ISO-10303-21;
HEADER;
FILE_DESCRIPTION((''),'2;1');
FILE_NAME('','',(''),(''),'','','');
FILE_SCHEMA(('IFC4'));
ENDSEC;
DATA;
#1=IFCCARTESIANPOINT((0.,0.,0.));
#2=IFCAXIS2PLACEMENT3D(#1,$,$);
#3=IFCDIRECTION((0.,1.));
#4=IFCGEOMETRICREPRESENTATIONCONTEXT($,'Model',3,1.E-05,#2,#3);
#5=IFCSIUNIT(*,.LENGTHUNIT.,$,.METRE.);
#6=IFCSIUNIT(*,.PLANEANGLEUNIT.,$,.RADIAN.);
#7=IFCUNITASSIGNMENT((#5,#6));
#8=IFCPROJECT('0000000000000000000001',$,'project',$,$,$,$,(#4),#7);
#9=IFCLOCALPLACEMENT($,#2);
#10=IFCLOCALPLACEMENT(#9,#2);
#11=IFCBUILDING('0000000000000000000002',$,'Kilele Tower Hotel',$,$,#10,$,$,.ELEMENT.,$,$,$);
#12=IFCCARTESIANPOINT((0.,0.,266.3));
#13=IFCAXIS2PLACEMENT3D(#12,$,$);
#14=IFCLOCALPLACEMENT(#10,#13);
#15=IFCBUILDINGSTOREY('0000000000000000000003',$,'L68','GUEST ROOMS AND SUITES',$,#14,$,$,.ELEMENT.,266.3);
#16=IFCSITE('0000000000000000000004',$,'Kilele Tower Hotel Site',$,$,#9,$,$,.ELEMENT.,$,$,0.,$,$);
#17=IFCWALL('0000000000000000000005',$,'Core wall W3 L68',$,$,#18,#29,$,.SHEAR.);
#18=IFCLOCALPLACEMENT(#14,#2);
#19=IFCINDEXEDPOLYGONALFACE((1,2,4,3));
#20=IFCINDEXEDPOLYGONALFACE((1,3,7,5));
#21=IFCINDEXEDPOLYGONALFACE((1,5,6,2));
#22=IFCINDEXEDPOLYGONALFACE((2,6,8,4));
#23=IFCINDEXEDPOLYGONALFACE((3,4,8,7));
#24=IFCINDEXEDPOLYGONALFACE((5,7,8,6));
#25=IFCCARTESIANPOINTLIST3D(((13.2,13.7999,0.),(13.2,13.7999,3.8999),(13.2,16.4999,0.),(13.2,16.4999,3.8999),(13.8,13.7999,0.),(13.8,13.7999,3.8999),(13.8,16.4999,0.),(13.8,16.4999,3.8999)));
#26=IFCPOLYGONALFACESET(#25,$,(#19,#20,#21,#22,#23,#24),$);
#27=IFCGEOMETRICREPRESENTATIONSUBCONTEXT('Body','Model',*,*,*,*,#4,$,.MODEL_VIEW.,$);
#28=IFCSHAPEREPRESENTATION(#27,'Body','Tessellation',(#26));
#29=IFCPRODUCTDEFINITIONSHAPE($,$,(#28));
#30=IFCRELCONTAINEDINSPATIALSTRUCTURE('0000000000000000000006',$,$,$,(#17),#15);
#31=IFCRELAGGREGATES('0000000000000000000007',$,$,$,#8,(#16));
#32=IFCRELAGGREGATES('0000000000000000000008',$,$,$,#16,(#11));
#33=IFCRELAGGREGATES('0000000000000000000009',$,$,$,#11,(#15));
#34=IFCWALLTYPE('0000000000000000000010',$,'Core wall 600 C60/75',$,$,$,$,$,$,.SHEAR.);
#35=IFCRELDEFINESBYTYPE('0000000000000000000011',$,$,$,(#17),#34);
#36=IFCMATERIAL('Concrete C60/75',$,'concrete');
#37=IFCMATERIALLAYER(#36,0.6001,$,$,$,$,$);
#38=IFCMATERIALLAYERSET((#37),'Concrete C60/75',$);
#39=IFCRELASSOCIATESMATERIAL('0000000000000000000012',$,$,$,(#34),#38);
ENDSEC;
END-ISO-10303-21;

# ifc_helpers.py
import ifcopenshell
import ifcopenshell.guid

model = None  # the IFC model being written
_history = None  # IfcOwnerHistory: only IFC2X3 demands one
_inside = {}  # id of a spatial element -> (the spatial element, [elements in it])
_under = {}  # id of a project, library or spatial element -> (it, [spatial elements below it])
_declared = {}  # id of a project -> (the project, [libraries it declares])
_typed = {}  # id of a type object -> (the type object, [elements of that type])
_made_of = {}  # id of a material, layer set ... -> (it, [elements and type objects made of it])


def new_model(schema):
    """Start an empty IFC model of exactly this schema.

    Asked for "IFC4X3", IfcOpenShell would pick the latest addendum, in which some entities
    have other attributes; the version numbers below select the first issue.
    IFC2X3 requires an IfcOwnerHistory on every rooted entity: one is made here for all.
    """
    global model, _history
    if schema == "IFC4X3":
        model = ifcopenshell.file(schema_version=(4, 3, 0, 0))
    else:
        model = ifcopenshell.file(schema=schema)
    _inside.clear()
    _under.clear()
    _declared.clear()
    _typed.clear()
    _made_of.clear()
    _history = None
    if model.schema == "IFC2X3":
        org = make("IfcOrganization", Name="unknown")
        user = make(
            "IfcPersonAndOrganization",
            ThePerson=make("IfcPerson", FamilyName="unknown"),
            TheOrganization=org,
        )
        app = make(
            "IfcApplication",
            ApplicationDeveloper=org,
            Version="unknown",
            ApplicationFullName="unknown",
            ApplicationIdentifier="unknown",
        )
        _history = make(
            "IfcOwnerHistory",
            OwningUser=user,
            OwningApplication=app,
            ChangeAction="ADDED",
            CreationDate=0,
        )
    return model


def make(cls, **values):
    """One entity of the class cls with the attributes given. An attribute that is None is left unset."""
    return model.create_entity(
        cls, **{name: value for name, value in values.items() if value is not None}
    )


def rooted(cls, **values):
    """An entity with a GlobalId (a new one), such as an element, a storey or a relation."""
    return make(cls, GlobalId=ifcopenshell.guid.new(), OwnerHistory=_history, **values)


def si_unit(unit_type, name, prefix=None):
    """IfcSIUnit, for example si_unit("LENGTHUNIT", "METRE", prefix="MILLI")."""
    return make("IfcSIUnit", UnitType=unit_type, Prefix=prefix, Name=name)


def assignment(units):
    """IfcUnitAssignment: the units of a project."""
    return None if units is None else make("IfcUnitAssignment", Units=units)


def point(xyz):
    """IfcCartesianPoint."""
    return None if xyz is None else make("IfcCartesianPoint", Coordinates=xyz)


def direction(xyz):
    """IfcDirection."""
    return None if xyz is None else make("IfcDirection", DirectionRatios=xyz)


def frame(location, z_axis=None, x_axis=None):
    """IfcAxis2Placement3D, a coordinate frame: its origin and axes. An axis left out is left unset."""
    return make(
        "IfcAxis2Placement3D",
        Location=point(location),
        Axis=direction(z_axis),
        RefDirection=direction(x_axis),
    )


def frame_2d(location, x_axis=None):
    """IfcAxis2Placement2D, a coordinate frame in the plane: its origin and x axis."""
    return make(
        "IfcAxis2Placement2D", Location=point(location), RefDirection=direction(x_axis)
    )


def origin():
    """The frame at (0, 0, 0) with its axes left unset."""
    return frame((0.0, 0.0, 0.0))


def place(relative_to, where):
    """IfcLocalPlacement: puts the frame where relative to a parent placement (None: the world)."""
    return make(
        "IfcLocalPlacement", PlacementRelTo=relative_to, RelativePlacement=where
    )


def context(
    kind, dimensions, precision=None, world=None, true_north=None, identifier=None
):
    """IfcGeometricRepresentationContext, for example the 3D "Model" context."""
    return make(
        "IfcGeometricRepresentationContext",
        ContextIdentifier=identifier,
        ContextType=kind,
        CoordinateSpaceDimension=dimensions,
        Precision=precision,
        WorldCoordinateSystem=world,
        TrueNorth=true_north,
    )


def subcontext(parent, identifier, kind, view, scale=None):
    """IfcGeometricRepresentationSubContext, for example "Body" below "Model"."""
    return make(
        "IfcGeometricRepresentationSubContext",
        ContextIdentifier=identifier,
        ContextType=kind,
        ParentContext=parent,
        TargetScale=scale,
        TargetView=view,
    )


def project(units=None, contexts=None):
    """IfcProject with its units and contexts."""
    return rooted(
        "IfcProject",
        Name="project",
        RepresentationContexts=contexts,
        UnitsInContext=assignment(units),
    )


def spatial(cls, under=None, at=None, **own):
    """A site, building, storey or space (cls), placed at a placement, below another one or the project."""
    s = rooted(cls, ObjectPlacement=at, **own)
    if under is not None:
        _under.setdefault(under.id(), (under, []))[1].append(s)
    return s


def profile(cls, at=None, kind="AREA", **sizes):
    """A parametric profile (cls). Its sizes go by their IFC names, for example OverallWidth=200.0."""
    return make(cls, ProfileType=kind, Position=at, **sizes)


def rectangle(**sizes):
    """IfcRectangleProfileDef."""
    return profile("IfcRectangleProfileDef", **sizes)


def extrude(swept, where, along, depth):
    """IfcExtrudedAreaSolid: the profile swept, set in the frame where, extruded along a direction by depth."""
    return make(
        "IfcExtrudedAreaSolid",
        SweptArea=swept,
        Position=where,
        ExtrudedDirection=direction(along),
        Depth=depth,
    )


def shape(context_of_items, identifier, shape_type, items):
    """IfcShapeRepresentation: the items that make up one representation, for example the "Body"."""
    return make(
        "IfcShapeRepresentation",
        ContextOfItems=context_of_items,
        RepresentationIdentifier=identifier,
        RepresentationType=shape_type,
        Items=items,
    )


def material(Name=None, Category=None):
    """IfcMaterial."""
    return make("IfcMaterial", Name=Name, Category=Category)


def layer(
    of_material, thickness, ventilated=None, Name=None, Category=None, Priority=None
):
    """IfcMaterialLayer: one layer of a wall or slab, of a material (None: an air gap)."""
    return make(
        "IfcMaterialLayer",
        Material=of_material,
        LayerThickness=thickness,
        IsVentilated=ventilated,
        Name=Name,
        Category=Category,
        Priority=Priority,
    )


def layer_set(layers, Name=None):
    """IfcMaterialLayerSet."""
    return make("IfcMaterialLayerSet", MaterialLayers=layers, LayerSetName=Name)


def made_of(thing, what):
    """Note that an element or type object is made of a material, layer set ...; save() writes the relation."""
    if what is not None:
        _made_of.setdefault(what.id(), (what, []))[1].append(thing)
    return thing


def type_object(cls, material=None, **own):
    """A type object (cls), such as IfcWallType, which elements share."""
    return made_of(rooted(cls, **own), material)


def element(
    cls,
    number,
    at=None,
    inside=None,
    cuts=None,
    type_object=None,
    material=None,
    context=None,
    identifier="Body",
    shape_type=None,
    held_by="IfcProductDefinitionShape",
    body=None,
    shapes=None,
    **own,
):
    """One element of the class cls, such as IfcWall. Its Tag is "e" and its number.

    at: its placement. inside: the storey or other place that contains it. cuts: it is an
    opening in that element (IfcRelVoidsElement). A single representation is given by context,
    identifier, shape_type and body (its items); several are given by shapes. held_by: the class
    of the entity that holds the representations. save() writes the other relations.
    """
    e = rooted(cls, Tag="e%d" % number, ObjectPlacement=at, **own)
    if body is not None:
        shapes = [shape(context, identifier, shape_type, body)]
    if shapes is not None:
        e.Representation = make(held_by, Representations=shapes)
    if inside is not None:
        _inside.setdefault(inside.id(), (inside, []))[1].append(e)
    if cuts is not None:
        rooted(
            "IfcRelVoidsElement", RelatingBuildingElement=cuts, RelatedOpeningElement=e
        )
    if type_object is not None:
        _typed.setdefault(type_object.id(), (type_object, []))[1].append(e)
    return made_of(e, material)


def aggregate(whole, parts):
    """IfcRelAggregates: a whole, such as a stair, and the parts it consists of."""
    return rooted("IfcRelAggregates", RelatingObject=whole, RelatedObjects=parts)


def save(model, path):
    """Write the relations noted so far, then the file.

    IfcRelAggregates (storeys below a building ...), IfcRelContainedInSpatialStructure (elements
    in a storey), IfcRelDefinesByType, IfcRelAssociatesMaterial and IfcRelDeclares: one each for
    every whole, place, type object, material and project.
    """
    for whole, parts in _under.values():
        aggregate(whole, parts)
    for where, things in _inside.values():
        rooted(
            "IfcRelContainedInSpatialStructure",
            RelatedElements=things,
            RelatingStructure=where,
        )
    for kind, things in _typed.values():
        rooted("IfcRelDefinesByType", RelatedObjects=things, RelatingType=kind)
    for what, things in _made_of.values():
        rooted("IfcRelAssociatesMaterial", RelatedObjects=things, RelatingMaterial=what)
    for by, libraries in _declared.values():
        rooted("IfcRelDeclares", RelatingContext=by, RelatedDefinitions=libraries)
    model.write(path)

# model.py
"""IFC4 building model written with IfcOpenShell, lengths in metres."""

from ifc_helpers import new_model, si_unit, direction, frame, frame_2d, origin, place, context, subcontext, project, spatial, rectangle, extrude, material, layer, layer_set, type_object, element, save


model = new_model("IFC4")

# Units and contexts
model_context = context("Model", 3, precision=1e-05, world=origin(), true_north=direction((0.0, 1.0)))
body_context = subcontext(model_context, "Body", "Model", "MODEL_VIEW")
ifc_project = project(units=[si_unit("LENGTHUNIT", "METRE"), si_unit("PLANEANGLEUNIT", "RADIAN")], contexts=[model_context])

# Site, building, storey
site_placement = place(None, origin())
site = spatial("IfcSite", under=ifc_project, at=site_placement, Name="Kilele Tower Hotel Site", CompositionType="ELEMENT", RefElevation=0.0)
building_placement = place(site_placement, origin())
building = spatial("IfcBuilding", under=site, at=building_placement, Name="Kilele Tower Hotel", CompositionType="ELEMENT")
storey_placement = place(building_placement, frame((0.0, 0.0, 266.3)))
storey = spatial("IfcBuildingStorey", under=building, at=storey_placement, Name="L68", Description="GUEST ROOMS AND SUITES", CompositionType="ELEMENT", Elevation=266.3)

# Shared definitions
ifc_material_1 = material(Name="Concrete C60/75", Category="concrete")
ifc_layer = layer(ifc_material_1, 0.6001)
ifc_layer_set = layer_set([ifc_layer], Name="Concrete C60/75")
wall_type = type_object("IfcWallType", Name="Core wall 600 C60/75", PredefinedType="SHEAR", material=ifc_layer_set)

# Wall
wall_1_placement = place(storey_placement, frame((13.5, 16.5, 0.0), z_axis=(0.0, 0.0, 1.0), x_axis=(0.0, -1.0, 0.0)))
element("IfcWall", 1, at=wall_1_placement, inside=storey, type_object=wall_type, Name="Core wall W3 L68", PredefinedType="SHEAR", context=body_context, shape_type="SweptSolid", body=[
    extrude(rectangle(XDim=2.7, YDim=0.6001, at=frame_2d((1.3501, 0.0))), origin(), (0.0, 0.0, 1.0), 3.8999),
])

save(model, "model.ifc")
